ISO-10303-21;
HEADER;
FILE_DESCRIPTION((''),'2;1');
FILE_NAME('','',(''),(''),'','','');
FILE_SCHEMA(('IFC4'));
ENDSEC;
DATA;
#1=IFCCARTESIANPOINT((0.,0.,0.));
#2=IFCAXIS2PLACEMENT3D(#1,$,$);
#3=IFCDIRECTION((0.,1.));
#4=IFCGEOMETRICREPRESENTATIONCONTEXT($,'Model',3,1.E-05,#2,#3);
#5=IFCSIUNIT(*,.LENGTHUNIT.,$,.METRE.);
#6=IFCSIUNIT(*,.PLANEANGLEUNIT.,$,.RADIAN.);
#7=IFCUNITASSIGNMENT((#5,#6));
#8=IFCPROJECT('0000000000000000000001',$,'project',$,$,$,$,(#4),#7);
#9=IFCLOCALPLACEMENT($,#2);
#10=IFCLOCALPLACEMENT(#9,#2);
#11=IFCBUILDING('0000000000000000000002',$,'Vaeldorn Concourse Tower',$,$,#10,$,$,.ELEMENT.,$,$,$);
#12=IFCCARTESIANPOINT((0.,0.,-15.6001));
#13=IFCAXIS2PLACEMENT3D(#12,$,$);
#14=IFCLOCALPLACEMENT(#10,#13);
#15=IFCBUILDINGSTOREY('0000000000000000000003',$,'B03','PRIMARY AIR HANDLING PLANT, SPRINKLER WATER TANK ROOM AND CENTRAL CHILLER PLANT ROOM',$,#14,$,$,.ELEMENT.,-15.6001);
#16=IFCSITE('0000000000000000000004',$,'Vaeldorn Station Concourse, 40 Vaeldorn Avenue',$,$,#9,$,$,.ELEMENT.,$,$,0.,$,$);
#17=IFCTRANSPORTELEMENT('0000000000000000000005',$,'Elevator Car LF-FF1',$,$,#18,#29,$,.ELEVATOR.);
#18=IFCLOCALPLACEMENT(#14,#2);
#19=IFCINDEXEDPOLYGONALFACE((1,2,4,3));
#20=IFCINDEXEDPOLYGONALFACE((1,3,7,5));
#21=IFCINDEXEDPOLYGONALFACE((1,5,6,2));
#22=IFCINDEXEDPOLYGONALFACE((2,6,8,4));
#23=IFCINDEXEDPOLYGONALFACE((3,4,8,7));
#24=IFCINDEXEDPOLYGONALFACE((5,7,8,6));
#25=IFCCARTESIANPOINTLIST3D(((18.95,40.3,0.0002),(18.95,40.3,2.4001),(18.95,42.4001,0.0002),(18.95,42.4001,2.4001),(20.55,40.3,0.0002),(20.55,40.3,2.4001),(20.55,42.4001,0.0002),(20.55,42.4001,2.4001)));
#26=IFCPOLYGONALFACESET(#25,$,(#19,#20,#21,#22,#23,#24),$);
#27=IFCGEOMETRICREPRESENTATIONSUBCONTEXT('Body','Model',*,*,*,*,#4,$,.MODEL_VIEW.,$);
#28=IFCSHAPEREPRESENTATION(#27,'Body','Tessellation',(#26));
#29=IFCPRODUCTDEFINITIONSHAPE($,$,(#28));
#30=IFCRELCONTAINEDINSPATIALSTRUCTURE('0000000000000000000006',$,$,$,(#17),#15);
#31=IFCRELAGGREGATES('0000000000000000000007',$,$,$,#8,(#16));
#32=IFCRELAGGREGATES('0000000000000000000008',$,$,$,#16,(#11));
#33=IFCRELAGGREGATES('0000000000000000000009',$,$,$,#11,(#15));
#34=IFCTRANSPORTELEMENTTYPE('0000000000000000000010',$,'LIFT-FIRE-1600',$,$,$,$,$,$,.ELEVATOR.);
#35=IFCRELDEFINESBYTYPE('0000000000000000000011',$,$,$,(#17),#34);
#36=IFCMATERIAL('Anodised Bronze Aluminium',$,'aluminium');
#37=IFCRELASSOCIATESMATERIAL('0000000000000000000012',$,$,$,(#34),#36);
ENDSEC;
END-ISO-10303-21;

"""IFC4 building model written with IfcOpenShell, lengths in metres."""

from ifc_helpers import new_model, si_unit, direction, frame, origin, origin_2d, place, context, subcontext, project, spatial, rectangle, extrude, source, transform, mapped, material, type_object, element, save


model = new_model("IFC4")

# Units and contexts
model_context = context("Model", 3, precision=1e-05, world=origin(), true_north=direction((0.0, 1.0)))
body_context = subcontext(model_context, "Body", "Model", "MODEL_VIEW")
ifc_project = project(units=[si_unit("LENGTHUNIT", "METRE"), si_unit("PLANEANGLEUNIT", "RADIAN")], contexts=[model_context])

# Site, building, storey
site_placement = place(None, origin())
site = spatial("IfcSite", under=ifc_project, at=site_placement, Name="Vaeldorn Station Concourse, 40 Vaeldorn Avenue", CompositionType="ELEMENT", RefElevation=0.0)
building_placement = place(site_placement, origin())
building = spatial("IfcBuilding", under=site, at=building_placement, Name="Vaeldorn Concourse Tower", CompositionType="ELEMENT")
storey_placement = place(building_placement, frame((0.0, 0.0, -15.6001)))
storey = spatial("IfcBuildingStorey", under=building, at=storey_placement, Name="B03", Description="PRIMARY AIR HANDLING PLANT, SPRINKLER WATER TANK ROOM AND CENTRAL CHILLER PLANT ROOM", CompositionType="ELEMENT", Elevation=-15.6001)

# Shared definitions
ifc_material_1 = material(Name="Anodised Bronze Aluminium", Category="aluminium")

# Transport element
transport_element_type_1 = type_object("IfcTransportElementType", Name="LIFT-FIRE-1600", PredefinedType="ELEVATOR", material=ifc_material_1)
shared_shape_1 = source(origin(), body_context, "Body", "SweptSolid", [
    extrude(rectangle(XDim=1.6001, YDim=2.1001, at=origin_2d()), origin(), (0.0, 0.0, 1.0), 2.3999),
])
transport_element_1_placement = place(storey_placement, frame((19.75, 41.3501, 0.0002), z_axis=(0.0, 0.0, 1.0), x_axis=(1.0, 0.0, 0.0)))
element("IfcTransportElement", 1, at=transport_element_1_placement, inside=storey, type_object=transport_element_type_1, Name="Elevator Car LF-FF1", PredefinedType="ELEVATOR", context=body_context, shape_type="MappedRepresentation", body=[
    mapped(shared_shape_1, transform((0.0, 0.0, 0.0), scale=1.0)),
])

save(model, "model.ifc")
